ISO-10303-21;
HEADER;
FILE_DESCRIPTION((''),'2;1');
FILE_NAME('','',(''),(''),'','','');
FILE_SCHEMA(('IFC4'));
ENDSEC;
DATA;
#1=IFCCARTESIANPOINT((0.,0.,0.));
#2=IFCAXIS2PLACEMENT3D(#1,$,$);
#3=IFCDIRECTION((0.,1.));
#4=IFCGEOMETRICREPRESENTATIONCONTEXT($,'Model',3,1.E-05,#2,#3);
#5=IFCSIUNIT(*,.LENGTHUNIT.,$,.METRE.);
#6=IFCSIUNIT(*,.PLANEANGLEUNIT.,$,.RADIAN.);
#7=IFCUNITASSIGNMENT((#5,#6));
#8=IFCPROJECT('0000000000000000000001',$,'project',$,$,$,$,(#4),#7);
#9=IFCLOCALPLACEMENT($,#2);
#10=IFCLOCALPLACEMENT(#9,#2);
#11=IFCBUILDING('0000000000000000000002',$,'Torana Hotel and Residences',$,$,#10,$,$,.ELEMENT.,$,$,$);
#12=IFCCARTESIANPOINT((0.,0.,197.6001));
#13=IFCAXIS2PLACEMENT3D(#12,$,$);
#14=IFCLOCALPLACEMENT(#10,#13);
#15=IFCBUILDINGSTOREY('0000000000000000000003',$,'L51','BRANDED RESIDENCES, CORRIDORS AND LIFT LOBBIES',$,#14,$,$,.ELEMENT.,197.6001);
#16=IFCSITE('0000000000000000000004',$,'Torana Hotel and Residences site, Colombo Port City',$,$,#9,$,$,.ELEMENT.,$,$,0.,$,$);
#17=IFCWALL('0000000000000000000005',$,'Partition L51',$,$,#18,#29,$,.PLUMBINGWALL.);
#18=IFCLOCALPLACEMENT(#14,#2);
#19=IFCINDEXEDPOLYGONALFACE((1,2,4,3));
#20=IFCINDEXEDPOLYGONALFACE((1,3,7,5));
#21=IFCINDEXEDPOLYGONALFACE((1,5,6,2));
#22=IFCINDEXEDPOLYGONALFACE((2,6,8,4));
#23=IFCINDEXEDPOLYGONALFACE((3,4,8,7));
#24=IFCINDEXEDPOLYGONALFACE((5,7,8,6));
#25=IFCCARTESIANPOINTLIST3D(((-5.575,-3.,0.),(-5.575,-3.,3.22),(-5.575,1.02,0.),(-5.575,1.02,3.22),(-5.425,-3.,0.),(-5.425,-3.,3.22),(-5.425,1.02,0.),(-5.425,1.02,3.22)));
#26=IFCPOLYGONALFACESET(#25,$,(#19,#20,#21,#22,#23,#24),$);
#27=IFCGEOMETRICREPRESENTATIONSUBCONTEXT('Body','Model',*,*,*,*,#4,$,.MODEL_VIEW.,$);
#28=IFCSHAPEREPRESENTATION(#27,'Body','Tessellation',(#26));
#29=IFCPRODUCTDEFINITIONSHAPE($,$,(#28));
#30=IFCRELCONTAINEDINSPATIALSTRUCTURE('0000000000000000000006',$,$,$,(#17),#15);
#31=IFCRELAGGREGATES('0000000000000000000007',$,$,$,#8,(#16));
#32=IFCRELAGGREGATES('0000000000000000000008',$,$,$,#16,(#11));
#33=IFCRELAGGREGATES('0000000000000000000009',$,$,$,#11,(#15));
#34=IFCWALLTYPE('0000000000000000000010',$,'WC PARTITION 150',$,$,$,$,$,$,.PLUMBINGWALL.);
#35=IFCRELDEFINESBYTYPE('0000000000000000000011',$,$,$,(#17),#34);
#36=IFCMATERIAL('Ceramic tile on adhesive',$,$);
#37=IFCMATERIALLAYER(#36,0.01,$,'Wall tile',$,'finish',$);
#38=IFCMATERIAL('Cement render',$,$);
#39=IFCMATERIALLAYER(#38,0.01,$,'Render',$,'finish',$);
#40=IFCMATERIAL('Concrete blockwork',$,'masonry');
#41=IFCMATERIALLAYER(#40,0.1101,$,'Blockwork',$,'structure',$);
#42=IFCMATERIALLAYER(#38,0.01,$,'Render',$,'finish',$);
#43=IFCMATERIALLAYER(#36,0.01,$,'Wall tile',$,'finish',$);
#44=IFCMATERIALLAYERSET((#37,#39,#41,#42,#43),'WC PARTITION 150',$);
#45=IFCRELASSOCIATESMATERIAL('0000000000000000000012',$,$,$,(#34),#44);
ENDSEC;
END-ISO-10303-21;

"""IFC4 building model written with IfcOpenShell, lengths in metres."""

from ifc_helpers import new_model, si_unit, direction, frame, frame_2d, origin, place, context, subcontext, project, spatial, rectangle, extrude, material, layer, layer_set, type_object, element, save


model = new_model("IFC4")

# Units and contexts
model_context = context("Model", 3, precision=1e-05, world=origin(), true_north=direction((0.0, 1.0)))
body_context = subcontext(model_context, "Body", "Model", "MODEL_VIEW")
ifc_project = project(units=[si_unit("LENGTHUNIT", "METRE"), si_unit("PLANEANGLEUNIT", "RADIAN")], contexts=[model_context])

# Site, building, storey
site_placement = place(None, origin())
site = spatial("IfcSite", under=ifc_project, at=site_placement, Name="Torana Hotel and Residences site, Colombo Port City", CompositionType="ELEMENT", RefElevation=0.0)
building_placement = place(site_placement, origin())
building = spatial("IfcBuilding", under=site, at=building_placement, Name="Torana Hotel and Residences", CompositionType="ELEMENT")
storey_placement = place(building_placement, frame((0.0, 0.0, 197.6001)))
storey = spatial("IfcBuildingStorey", under=building, at=storey_placement, Name="L51", Description="BRANDED RESIDENCES, CORRIDORS AND LIFT LOBBIES", CompositionType="ELEMENT", Elevation=197.6001)

# Shared definitions
ifc_material_1 = material(Name="Concrete blockwork", Category="masonry")

# Wall
ifc_material_2 = material(Name="Ceramic tile on adhesive")
ifc_layer_1 = layer(ifc_material_2, 0.01, Name="Wall tile", Category="finish")
ifc_material_3 = material(Name="Cement render")
ifc_layer_2 = layer(ifc_material_3, 0.01, Name="Render", Category="finish")
ifc_layer_3 = layer(ifc_material_1, 0.1101, Name="Blockwork", Category="structure")
ifc_layer_4 = layer(ifc_material_3, 0.01, Name="Render", Category="finish")
ifc_layer_5 = layer(ifc_material_2, 0.01, Name="Wall tile", Category="finish")
ifc_layer_set_1 = layer_set([ifc_layer_1, ifc_layer_2, ifc_layer_3, ifc_layer_4, ifc_layer_5], Name="WC PARTITION 150")
wall_type_1 = type_object("IfcWallType", Name="WC PARTITION 150", PredefinedType="PLUMBINGWALL", material=ifc_layer_set_1)
wall_1_placement = place(storey_placement, frame((-5.5, -3.0, 0.0), z_axis=(0.0, 0.0, 1.0), x_axis=(0.0, 1.0, 0.0)))
element("IfcWall", 1, at=wall_1_placement, inside=storey, type_object=wall_type_1, Name="Partition L51", PredefinedType="PLUMBINGWALL", context=body_context, shape_type="SweptSolid", body=[
    extrude(rectangle(XDim=4.02, YDim=0.1499, at=frame_2d((2.01, 0.0))), origin(), (0.0, 0.0, 1.0), 3.22),
])

save(model, "model.ifc")
